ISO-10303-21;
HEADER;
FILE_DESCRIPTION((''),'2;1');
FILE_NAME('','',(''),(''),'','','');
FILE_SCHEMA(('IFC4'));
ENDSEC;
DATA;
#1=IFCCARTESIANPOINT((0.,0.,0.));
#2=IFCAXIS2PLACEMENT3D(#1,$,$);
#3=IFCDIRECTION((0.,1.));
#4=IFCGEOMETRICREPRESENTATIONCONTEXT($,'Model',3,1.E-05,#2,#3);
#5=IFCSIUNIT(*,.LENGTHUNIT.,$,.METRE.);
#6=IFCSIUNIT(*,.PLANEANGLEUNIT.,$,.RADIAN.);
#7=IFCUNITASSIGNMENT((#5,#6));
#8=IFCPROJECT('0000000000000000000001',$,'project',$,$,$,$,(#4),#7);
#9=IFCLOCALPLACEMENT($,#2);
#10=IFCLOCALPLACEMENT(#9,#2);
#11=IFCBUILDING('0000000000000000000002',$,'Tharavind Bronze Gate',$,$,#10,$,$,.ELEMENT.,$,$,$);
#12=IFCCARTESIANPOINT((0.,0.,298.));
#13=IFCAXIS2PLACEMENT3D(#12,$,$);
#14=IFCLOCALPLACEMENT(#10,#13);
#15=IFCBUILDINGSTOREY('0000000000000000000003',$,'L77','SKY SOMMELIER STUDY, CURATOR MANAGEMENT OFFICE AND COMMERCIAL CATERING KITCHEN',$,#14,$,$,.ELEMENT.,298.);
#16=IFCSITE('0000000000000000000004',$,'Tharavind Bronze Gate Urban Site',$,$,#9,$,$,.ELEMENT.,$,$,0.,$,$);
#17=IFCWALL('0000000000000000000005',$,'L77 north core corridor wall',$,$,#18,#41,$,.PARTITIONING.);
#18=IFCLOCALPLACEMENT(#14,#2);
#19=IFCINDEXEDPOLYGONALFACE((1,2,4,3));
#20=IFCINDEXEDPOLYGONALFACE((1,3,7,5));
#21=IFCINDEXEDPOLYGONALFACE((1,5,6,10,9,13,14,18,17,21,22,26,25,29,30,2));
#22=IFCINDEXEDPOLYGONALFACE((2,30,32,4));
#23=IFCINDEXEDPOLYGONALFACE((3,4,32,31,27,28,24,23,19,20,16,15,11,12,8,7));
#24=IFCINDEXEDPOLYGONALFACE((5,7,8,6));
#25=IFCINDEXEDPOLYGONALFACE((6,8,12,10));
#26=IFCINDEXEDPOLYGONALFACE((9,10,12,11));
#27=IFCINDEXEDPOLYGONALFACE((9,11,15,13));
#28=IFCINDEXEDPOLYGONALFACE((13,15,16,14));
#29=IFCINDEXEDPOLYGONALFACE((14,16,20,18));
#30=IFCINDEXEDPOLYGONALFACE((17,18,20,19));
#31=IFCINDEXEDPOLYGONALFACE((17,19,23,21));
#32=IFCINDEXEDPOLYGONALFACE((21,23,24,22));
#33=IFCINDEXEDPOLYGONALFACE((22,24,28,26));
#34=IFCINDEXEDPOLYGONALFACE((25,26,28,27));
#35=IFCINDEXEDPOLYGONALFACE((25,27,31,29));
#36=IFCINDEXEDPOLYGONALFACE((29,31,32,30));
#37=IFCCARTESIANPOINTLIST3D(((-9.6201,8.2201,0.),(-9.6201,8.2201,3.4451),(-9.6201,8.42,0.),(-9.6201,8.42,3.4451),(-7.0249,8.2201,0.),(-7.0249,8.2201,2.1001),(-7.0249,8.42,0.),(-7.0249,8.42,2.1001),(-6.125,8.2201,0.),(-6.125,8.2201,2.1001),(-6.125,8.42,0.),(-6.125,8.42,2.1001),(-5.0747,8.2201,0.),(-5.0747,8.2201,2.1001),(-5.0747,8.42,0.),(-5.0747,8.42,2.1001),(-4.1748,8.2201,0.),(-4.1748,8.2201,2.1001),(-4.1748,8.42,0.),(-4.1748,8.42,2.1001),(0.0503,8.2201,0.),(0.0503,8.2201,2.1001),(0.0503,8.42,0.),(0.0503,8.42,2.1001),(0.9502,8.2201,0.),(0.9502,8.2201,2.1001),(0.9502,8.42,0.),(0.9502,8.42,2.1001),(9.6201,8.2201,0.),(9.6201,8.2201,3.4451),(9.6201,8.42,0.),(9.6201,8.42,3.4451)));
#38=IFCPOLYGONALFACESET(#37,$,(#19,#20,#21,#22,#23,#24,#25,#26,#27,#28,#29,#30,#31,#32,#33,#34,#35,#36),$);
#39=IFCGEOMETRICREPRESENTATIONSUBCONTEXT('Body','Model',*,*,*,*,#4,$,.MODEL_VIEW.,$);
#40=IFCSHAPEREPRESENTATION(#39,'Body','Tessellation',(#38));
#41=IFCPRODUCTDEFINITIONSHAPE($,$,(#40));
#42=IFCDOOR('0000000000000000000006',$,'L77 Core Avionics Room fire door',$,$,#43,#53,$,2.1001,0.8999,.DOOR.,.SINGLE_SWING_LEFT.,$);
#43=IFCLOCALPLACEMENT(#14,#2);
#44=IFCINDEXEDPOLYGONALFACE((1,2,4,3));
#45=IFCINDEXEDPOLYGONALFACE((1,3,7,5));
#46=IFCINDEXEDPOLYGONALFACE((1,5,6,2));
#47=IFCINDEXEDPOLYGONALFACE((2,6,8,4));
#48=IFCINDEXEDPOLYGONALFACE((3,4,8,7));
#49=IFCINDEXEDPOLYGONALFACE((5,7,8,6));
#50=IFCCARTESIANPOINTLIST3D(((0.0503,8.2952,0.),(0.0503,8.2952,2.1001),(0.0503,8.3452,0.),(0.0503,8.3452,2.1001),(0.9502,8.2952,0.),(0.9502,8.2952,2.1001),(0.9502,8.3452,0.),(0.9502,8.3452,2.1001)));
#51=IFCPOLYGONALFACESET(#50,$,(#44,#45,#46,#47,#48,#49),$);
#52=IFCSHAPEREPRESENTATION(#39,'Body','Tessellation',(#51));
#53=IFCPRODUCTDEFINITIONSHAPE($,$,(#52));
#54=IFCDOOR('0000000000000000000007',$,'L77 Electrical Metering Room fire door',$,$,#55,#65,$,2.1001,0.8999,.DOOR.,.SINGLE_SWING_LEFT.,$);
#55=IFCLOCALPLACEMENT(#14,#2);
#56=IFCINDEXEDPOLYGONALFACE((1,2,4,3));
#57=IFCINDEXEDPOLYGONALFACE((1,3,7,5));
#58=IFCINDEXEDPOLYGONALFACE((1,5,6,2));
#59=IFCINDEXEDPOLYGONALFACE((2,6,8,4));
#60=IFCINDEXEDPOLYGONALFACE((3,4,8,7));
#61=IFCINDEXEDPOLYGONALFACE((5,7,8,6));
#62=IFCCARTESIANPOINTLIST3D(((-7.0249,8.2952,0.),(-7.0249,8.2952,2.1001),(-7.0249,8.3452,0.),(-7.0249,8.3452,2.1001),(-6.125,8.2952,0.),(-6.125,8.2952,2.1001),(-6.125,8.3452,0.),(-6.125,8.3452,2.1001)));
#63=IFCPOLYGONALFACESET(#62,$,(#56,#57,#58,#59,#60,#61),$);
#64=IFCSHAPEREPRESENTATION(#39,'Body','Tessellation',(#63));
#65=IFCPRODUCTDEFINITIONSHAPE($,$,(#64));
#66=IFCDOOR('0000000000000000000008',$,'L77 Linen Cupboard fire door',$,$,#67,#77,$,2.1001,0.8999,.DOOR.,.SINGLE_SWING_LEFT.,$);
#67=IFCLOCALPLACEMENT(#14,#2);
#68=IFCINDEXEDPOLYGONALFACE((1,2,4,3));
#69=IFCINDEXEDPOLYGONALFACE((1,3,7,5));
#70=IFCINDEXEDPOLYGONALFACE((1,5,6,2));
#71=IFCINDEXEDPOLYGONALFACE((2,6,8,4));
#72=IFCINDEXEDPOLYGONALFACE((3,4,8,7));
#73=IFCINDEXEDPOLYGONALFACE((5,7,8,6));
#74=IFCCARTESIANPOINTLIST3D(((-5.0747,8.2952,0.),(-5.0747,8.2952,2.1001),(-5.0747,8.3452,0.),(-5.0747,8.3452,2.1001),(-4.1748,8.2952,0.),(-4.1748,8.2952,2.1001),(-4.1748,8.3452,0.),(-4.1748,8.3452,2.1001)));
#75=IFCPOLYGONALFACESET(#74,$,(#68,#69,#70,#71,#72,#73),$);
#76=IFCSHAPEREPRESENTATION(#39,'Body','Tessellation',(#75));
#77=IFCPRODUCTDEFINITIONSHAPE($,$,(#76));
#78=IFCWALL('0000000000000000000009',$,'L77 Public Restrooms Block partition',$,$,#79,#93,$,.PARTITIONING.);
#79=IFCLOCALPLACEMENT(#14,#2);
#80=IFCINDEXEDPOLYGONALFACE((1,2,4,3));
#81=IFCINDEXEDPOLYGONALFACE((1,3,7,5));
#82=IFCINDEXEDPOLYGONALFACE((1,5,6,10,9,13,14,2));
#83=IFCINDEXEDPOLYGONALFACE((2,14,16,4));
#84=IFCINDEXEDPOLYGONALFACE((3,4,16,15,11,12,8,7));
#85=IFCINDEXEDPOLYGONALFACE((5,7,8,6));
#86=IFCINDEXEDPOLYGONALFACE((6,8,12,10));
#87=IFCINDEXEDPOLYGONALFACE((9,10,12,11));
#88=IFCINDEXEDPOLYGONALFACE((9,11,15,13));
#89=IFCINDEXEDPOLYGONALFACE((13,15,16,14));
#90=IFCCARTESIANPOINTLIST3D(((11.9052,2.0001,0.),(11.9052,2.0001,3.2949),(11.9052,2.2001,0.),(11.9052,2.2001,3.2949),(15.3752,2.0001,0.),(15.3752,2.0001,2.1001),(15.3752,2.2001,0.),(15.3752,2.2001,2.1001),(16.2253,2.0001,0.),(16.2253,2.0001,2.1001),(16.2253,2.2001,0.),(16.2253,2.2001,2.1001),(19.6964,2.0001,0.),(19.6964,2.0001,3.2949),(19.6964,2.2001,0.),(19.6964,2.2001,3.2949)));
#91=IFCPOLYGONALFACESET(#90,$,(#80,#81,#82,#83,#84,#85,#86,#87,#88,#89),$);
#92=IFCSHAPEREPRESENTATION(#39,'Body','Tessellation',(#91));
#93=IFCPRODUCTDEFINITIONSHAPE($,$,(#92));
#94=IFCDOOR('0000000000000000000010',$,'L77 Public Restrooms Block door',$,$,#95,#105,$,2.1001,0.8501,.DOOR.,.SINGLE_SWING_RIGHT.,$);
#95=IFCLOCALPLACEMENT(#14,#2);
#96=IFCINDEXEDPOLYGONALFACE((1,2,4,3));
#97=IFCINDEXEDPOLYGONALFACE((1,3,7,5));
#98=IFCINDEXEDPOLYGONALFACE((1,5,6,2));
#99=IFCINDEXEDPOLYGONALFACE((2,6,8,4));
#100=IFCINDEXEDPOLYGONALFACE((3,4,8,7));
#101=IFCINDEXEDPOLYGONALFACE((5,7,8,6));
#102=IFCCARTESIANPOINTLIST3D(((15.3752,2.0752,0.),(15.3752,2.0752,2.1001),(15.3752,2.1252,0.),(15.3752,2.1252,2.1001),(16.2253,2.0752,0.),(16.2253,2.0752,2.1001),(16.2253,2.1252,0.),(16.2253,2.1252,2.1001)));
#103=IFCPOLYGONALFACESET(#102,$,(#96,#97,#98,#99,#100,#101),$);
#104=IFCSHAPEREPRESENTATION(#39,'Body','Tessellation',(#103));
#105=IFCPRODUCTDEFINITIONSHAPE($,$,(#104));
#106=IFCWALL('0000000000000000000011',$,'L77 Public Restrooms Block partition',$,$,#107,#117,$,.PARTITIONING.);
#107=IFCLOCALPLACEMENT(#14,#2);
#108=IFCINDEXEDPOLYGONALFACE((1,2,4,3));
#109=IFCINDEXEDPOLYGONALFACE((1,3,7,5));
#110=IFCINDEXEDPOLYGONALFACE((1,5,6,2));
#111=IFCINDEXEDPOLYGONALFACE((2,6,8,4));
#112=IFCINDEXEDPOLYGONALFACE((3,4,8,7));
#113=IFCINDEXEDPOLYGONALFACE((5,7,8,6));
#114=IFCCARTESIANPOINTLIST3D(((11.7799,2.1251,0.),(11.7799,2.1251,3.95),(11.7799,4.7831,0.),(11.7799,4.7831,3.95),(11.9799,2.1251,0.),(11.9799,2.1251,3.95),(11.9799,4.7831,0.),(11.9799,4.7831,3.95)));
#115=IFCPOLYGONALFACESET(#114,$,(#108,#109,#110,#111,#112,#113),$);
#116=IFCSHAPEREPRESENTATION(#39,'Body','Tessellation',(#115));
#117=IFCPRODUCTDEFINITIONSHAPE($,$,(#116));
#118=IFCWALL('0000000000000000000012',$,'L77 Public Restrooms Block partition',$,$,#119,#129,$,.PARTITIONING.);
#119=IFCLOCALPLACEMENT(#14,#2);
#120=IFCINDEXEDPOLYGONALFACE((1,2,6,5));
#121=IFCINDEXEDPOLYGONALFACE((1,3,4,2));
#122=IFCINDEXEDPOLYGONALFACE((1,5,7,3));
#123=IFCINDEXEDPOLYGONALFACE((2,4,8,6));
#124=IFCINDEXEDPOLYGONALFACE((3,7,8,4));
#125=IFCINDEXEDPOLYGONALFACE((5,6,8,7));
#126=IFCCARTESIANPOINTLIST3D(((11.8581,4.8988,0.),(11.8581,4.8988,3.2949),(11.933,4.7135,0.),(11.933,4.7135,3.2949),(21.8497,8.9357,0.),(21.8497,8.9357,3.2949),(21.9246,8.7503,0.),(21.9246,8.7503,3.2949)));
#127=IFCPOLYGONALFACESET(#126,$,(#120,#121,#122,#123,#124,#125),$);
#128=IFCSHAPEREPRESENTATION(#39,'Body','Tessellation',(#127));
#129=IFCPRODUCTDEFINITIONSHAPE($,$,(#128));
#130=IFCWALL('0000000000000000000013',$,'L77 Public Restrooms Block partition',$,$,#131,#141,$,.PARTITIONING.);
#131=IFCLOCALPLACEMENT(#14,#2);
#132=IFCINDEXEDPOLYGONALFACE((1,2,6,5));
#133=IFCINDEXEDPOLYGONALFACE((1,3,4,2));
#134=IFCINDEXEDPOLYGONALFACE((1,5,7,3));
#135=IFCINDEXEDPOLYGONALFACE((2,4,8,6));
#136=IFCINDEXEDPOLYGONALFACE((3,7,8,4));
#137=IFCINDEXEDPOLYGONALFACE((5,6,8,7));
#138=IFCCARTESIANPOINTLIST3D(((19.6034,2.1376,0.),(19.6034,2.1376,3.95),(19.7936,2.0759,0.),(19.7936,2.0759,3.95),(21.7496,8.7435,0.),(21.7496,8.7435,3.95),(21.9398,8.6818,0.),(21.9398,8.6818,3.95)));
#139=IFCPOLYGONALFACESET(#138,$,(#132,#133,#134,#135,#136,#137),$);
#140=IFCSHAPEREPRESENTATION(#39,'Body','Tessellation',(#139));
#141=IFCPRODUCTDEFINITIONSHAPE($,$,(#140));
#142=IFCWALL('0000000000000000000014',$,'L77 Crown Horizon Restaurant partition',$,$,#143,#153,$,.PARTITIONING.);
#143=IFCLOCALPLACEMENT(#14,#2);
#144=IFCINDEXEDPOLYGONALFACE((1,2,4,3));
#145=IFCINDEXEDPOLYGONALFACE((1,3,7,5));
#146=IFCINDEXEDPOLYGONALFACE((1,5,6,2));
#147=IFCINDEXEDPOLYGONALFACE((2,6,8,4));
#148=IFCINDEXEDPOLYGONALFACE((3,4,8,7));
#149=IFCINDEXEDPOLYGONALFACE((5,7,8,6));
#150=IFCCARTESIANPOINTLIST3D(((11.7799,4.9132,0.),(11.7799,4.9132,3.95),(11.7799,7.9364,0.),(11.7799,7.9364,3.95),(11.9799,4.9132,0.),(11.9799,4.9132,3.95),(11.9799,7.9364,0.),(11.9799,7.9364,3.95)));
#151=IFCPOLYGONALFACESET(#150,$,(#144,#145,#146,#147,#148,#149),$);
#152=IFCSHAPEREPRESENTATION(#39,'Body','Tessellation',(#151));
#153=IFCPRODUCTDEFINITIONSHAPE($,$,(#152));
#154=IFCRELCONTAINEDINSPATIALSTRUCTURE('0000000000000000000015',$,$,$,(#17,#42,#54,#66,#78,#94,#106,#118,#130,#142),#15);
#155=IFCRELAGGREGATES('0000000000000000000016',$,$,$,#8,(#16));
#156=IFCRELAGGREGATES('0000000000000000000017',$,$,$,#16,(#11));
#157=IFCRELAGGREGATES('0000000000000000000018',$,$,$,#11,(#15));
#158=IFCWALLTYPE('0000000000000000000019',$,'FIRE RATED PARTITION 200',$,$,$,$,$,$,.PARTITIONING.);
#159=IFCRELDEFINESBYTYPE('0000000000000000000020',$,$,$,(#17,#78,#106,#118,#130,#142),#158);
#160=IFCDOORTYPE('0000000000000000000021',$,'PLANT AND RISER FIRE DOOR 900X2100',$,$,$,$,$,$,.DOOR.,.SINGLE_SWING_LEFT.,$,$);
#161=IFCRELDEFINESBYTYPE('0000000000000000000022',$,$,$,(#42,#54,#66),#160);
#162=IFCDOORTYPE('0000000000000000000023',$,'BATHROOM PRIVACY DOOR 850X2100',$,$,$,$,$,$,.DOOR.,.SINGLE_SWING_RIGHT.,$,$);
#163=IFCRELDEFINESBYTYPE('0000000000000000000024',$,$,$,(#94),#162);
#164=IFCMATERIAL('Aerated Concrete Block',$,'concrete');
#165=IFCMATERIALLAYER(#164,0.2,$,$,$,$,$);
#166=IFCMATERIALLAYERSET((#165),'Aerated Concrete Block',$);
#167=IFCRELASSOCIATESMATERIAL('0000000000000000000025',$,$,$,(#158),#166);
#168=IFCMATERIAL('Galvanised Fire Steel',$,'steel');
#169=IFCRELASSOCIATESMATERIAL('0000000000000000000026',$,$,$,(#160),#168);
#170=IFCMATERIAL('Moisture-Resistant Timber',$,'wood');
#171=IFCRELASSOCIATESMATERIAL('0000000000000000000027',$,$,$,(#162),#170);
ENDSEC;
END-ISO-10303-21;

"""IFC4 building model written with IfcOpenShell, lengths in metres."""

from ifc_helpers import new_model, si_unit, direction, frame, frame_2d, origin, place, context, subcontext, project, spatial, rectangle, extrude, material, layer, layer_set, type_object, element, fill, save


model = new_model("IFC4")

# Units and contexts
model_context = context("Model", 3, precision=1e-05, world=origin(), true_north=direction((0.0, 1.0)))
body_context = subcontext(model_context, "Body", "Model", "MODEL_VIEW")
ifc_project = project(units=[si_unit("LENGTHUNIT", "METRE"), si_unit("PLANEANGLEUNIT", "RADIAN")], contexts=[model_context])

# Site, building, storey
site_placement = place(None, origin())
site = spatial("IfcSite", under=ifc_project, at=site_placement, Name="Tharavind Bronze Gate Urban Site", CompositionType="ELEMENT", RefElevation=0.0)
building_placement = place(site_placement, origin())
building = spatial("IfcBuilding", under=site, at=building_placement, Name="Tharavind Bronze Gate", CompositionType="ELEMENT")
storey_placement = place(building_placement, frame((0.0, 0.0, 298.0)))
storey = spatial("IfcBuildingStorey", under=building, at=storey_placement, Name="L77", Description="SKY SOMMELIER STUDY, CURATOR MANAGEMENT OFFICE AND COMMERCIAL CATERING KITCHEN", CompositionType="ELEMENT", Elevation=298.0)

# Wall, openings, doors
ifc_material_1 = material(Name="Aerated Concrete Block", Category="concrete")
ifc_layer_1 = layer(ifc_material_1, 0.2)
ifc_layer_set_1 = layer_set([ifc_layer_1], Name="Aerated Concrete Block")
wall_type = type_object("IfcWallType", Name="FIRE RATED PARTITION 200", PredefinedType="PARTITIONING", material=ifc_layer_set_1)
wall_1_placement = place(storey_placement, frame((9.6201, 8.3201, 0.0), z_axis=(0.0, 0.0, 1.0), x_axis=(-1.0, 0.0, 0.0)))
wall_1 = element("IfcWall", 1, at=wall_1_placement, inside=storey, type_object=wall_type, Name="L77 north core corridor wall", PredefinedType="PARTITIONING", context=body_context, shape_type="SweptSolid", body=[
    extrude(rectangle(XDim=19.2402, YDim=0.2, at=frame_2d((9.6201, 0.0))), origin(), (0.0, 0.0, 1.0), 3.4451),
])
opening_1_placement = place(wall_1_placement, frame((8.6699, 0.0, 0.0)))
opening_1 = element("IfcOpeningElement", 2, at=opening_1_placement, cuts=wall_1, PredefinedType="OPENING", context=body_context, shape_type="SweptSolid", body=[
    extrude(rectangle(XDim=0.8999, YDim=2.1001, at=frame_2d((0.45, 1.05))), frame((0.0, 0.1101, 0.0), z_axis=(0.0, -1.0, 0.0), x_axis=(1.0, 0.0, 0.0)), (0.0, 0.0, 1.0), 0.22),
])
opening_2_placement = place(wall_1_placement, frame((15.7451, 0.0, 0.0)))
opening_2 = element("IfcOpeningElement", 3, at=opening_2_placement, cuts=wall_1, PredefinedType="OPENING", context=body_context, shape_type="SweptSolid", body=[
    extrude(rectangle(XDim=0.8999, YDim=2.1001, at=frame_2d((0.45, 1.05))), frame((0.0, 0.1101, 0.0), z_axis=(0.0, -1.0, 0.0), x_axis=(1.0, 0.0, 0.0)), (0.0, 0.0, 1.0), 0.22),
])
opening_3_placement = place(wall_1_placement, frame((13.7949, 0.0, 0.0)))
opening_3 = element("IfcOpeningElement", 4, at=opening_3_placement, cuts=wall_1, PredefinedType="OPENING", context=body_context, shape_type="SweptSolid", body=[
    extrude(rectangle(XDim=0.8999, YDim=2.1001, at=frame_2d((0.45, 1.05))), frame((0.0, 0.1101, 0.0), z_axis=(0.0, -1.0, 0.0), x_axis=(1.0, 0.0, 0.0)), (0.0, 0.0, 1.0), 0.22),
])
ifc_material_2 = material(Name="Galvanised Fire Steel", Category="steel")
door_type_1 = type_object("IfcDoorType", Name="PLANT AND RISER FIRE DOOR 900X2100", OperationType="SINGLE_SWING_LEFT", PredefinedType="DOOR", material=ifc_material_2)
door_1_placement = place(opening_1_placement, origin())
door_1 = element("IfcDoor", 5, at=door_1_placement, inside=storey, type_object=door_type_1, Name="L77 Core Avionics Room fire door", OperationType="SINGLE_SWING_LEFT", OverallHeight=2.1001, OverallWidth=0.8999, PredefinedType="DOOR", context=body_context, shape_type="SweptSolid", body=[
    extrude(rectangle(XDim=0.8999, YDim=2.1001, at=frame_2d((0.45, 1.05))), frame((0.0, 0.0249, 0.0), z_axis=(0.0, -1.0, 0.0), x_axis=(1.0, 0.0, 0.0)), (0.0, 0.0, 1.0), 0.05),
])
fill(opening_1, door_1)
door_2_placement = place(opening_2_placement, origin())
door_2 = element("IfcDoor", 6, at=door_2_placement, inside=storey, type_object=door_type_1, Name="L77 Electrical Metering Room fire door", OperationType="SINGLE_SWING_LEFT", OverallHeight=2.1001, OverallWidth=0.8999, PredefinedType="DOOR", context=body_context, shape_type="SweptSolid", body=[
    extrude(rectangle(XDim=0.8999, YDim=2.1001, at=frame_2d((0.45, 1.05))), frame((0.0, 0.0249, 0.0), z_axis=(0.0, -1.0, 0.0), x_axis=(1.0, 0.0, 0.0)), (0.0, 0.0, 1.0), 0.05),
])
fill(opening_2, door_2)
door_3_placement = place(opening_3_placement, origin())
door_3 = element("IfcDoor", 7, at=door_3_placement, inside=storey, type_object=door_type_1, Name="L77 Linen Cupboard fire door", OperationType="SINGLE_SWING_LEFT", OverallHeight=2.1001, OverallWidth=0.8999, PredefinedType="DOOR", context=body_context, shape_type="SweptSolid", body=[
    extrude(rectangle(XDim=0.8999, YDim=2.1001, at=frame_2d((0.45, 1.05))), frame((0.0, 0.0249, 0.0), z_axis=(0.0, -1.0, 0.0), x_axis=(1.0, 0.0, 0.0)), (0.0, 0.0, 1.0), 0.05),
])
fill(opening_3, door_3)

# Wall, opening, door
wall_2_placement = place(storey_placement, frame((19.6963, 2.1001, 0.0), z_axis=(0.0, 0.0, 1.0), x_axis=(-1.0, 0.0, 0.0)))
wall_2 = element("IfcWall", 8, at=wall_2_placement, inside=storey, type_object=wall_type, Name="L77 Public Restrooms Block partition", PredefinedType="PARTITIONING", context=body_context, shape_type="SweptSolid", body=[
    extrude(rectangle(XDim=7.7913, YDim=0.2, at=frame_2d((3.8955, 0.0))), origin(), (0.0, 0.0, 1.0), 3.2949),
])
opening_4_placement = place(wall_2_placement, frame((3.4709, 0.0, 0.0)))
opening_4 = element("IfcOpeningElement", 9, at=opening_4_placement, cuts=wall_2, PredefinedType="OPENING", context=body_context, shape_type="SweptSolid", body=[
    extrude(rectangle(XDim=0.8501, YDim=2.1001, at=frame_2d((0.425, 1.05))), frame((0.0, 0.1101, 0.0), z_axis=(0.0, -1.0, 0.0), x_axis=(1.0, 0.0, 0.0)), (0.0, 0.0, 1.0), 0.22),
])
ifc_material_3 = material(Name="Moisture-Resistant Timber", Category="wood")
door_type_2 = type_object("IfcDoorType", Name="BATHROOM PRIVACY DOOR 850X2100", OperationType="SINGLE_SWING_RIGHT", PredefinedType="DOOR", material=ifc_material_3)
door_4_placement = place(opening_4_placement, origin())
door_4 = element("IfcDoor", 10, at=door_4_placement, inside=storey, type_object=door_type_2, Name="L77 Public Restrooms Block door", OperationType="SINGLE_SWING_RIGHT", OverallHeight=2.1001, OverallWidth=0.8501, PredefinedType="DOOR", context=body_context, shape_type="SweptSolid", body=[
    extrude(rectangle(XDim=0.8501, YDim=2.1001, at=frame_2d((0.425, 1.05))), frame((0.0, 0.0249, 0.0), z_axis=(0.0, -1.0, 0.0), x_axis=(1.0, 0.0, 0.0)), (0.0, 0.0, 1.0), 0.05),
])
fill(opening_4, door_4)

# Walls
wall_3_placement = place(storey_placement, frame((11.8799, 2.125, 0.0), z_axis=(0.0, 0.0, 1.0), x_axis=(0.0, 1.0, 0.0)))
element("IfcWall", 11, at=wall_3_placement, inside=storey, type_object=wall_type, Name="L77 Public Restrooms Block partition", PredefinedType="PARTITIONING", context=body_context, shape_type="SweptSolid", body=[
    extrude(rectangle(XDim=2.658, YDim=0.2, at=frame_2d((1.3291, 0.0))), origin(), (0.0, 0.0, 1.0), 3.95),
])
wall_4_placement = place(storey_placement, frame((11.8955, 4.8062, 0.0), z_axis=(0.0, 0.0, 1.0), x_axis=(0.927185, 0.374603, 0.0)))
element("IfcWall", 12, at=wall_4_placement, inside=storey, type_object=wall_type, Name="L77 Public Restrooms Block partition", PredefinedType="PARTITIONING", context=body_context, shape_type="SweptSolid", body=[
    extrude(rectangle(XDim=10.7764, YDim=0.2, at=frame_2d((5.3882, 0.0))), origin(), (0.0, 0.0, 1.0), 3.2949),
])
wall_5_placement = place(storey_placement, frame((21.8447, 8.7126, 0.0), z_axis=(0.0, 0.0, 1.0), x_axis=(-0.308995, -0.951064, 0.0)))
element("IfcWall", 13, at=wall_5_placement, inside=storey, type_object=wall_type, Name="L77 Public Restrooms Block partition", PredefinedType="PARTITIONING", context=body_context, shape_type="SweptSolid", body=[
    extrude(rectangle(XDim=6.9458, YDim=0.2, at=frame_2d((3.4729, 0.0))), origin(), (0.0, 0.0, 1.0), 3.95),
])
wall_6_placement = place(storey_placement, frame((11.8799, 4.9131, 0.0), z_axis=(0.0, 0.0, 1.0), x_axis=(0.0, 1.0, 0.0)))
element("IfcWall", 14, at=wall_6_placement, inside=storey, type_object=wall_type, Name="L77 Crown Horizon Restaurant partition", PredefinedType="PARTITIONING", context=body_context, shape_type="SweptSolid", body=[
    extrude(rectangle(XDim=3.0232, YDim=0.2, at=frame_2d((1.5117, 0.0))), origin(), (0.0, 0.0, 1.0), 3.95),
])

save(model, "model.ifc")
